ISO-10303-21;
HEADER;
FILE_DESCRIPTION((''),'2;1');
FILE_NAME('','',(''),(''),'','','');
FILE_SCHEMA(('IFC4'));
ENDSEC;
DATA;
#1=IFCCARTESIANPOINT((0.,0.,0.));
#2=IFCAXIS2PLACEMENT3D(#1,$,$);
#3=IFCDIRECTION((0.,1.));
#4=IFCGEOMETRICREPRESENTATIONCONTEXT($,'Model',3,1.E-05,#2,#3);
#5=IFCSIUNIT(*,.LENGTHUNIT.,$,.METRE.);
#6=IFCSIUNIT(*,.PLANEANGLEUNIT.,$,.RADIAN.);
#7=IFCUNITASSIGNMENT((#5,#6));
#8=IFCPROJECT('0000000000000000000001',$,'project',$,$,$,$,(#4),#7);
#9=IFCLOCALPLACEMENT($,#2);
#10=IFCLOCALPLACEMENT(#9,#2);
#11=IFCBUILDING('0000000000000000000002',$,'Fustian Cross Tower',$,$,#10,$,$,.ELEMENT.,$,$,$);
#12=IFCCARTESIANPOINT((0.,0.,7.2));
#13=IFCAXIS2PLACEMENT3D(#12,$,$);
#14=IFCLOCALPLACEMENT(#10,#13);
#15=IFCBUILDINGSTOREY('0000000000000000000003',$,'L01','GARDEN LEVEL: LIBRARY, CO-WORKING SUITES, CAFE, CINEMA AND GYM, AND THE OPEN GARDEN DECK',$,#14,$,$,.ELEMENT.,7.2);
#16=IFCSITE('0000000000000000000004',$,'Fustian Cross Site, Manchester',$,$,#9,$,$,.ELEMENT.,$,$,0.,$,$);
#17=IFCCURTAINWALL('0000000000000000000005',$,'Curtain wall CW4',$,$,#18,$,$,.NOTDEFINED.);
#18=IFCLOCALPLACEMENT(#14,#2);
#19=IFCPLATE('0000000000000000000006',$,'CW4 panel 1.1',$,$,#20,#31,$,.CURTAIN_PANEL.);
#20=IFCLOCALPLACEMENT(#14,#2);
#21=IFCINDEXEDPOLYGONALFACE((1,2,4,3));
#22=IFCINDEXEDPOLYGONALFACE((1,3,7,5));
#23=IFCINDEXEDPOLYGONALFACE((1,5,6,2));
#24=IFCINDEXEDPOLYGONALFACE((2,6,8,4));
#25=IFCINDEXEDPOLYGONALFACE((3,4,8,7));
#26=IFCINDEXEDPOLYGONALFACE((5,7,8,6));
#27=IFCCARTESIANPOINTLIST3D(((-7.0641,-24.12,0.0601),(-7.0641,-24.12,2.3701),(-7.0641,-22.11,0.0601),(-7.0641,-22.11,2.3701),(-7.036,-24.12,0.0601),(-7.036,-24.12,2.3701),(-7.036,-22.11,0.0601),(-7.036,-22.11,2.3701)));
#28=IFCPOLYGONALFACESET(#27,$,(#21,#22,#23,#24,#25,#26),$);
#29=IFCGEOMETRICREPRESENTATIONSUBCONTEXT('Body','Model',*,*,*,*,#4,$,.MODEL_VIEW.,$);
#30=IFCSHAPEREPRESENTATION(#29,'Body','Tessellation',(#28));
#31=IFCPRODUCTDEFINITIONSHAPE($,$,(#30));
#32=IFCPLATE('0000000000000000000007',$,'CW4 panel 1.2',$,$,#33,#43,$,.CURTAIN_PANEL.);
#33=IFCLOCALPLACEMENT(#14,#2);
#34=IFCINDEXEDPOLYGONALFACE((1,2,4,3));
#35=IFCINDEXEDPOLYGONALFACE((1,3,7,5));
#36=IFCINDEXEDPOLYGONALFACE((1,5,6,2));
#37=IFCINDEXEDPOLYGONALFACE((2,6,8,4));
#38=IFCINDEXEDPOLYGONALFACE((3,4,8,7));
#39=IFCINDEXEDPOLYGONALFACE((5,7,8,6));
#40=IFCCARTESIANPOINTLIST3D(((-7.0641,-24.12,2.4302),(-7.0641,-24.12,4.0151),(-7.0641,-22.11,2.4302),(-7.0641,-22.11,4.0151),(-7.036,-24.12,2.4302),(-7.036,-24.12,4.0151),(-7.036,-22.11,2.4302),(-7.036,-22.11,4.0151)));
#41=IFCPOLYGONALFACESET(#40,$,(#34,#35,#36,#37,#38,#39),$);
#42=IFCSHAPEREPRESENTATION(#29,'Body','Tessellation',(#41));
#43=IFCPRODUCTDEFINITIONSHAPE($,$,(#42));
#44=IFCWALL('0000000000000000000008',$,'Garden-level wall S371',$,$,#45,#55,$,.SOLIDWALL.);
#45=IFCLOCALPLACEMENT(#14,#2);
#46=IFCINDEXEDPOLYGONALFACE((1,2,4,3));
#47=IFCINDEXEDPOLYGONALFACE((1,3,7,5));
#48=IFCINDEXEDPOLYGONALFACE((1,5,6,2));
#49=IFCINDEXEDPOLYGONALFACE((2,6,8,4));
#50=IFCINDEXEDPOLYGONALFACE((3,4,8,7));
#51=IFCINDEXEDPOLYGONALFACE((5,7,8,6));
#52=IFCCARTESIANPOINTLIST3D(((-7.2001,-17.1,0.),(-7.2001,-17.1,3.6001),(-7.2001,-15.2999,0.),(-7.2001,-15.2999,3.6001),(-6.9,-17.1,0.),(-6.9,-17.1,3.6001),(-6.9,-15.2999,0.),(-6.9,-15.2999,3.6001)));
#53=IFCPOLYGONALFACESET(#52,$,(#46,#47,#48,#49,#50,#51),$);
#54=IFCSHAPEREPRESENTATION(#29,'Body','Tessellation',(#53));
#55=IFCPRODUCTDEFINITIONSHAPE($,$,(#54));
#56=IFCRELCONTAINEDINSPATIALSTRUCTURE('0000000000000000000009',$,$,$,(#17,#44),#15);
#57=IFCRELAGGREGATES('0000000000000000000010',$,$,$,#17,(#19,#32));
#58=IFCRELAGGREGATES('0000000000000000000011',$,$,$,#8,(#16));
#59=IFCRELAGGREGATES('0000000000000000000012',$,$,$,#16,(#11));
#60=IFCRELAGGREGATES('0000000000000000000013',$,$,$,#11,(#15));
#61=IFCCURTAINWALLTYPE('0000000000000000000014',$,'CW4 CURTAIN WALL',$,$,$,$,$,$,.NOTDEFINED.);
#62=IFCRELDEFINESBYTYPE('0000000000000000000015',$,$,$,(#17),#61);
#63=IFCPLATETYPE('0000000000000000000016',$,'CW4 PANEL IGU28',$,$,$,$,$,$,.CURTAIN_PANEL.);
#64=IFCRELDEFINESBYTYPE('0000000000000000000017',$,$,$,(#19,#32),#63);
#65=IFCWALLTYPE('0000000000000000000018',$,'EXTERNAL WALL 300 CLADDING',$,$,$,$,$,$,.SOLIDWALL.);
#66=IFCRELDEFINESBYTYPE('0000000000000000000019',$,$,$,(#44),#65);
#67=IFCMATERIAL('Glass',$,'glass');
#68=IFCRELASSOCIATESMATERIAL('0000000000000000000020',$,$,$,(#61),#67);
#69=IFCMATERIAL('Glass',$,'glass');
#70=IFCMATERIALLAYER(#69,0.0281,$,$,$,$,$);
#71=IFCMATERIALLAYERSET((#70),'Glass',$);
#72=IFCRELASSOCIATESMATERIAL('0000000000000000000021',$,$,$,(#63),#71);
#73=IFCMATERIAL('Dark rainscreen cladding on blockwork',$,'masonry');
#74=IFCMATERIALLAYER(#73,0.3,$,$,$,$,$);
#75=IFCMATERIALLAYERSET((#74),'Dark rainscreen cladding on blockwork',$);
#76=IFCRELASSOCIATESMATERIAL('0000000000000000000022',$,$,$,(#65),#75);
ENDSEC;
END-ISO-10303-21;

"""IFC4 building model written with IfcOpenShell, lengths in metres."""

from ifc_helpers import new_model, si_unit, direction, frame, frame_2d, origin, origin_2d, place, context, subcontext, project, spatial, rectangle, extrude, material, layer, layer_set, type_object, element, aggregate, save


model = new_model("IFC4")

# Units and contexts
model_context = context("Model", 3, precision=1e-05, world=origin(), true_north=direction((0.0, 1.0)))
body_context = subcontext(model_context, "Body", "Model", "MODEL_VIEW")
ifc_project = project(units=[si_unit("LENGTHUNIT", "METRE"), si_unit("PLANEANGLEUNIT", "RADIAN")], contexts=[model_context])

# Site, building, storey
site_placement = place(None, origin())
site = spatial("IfcSite", under=ifc_project, at=site_placement, Name="Fustian Cross Site, Manchester", CompositionType="ELEMENT", RefElevation=0.0)
building_placement = place(site_placement, origin())
building = spatial("IfcBuilding", under=site, at=building_placement, Name="Fustian Cross Tower", CompositionType="ELEMENT")
storey_placement = place(building_placement, frame((0.0, 0.0, 7.2)))
storey = spatial("IfcBuildingStorey", under=building, at=storey_placement, Name="L01", Description="GARDEN LEVEL: LIBRARY, CO-WORKING SUITES, CAFE, CINEMA AND GYM, AND THE OPEN GARDEN DECK", CompositionType="ELEMENT", Elevation=7.2)

# Curtain wall
ifc_material_1 = material(Name="Glass", Category="glass")
curtain_wall_type = type_object("IfcCurtainWallType", Name="CW4 CURTAIN WALL", PredefinedType="NOTDEFINED", material=ifc_material_1)
curtain_wall_1_placement = place(storey_placement, origin())
curtain_wall_1 = element("IfcCurtainWall", 1, at=curtain_wall_1_placement, inside=storey, type_object=curtain_wall_type, Name="Curtain wall CW4", PredefinedType="NOTDEFINED")

# Plates
ifc_material_2 = material(Name="Glass", Category="glass")
ifc_layer_1 = layer(ifc_material_2, 0.0281)
ifc_layer_set_1 = layer_set([ifc_layer_1], Name="Glass")
plate_type = type_object("IfcPlateType", Name="CW4 PANEL IGU28", PredefinedType="CURTAIN_PANEL", material=ifc_layer_set_1)
plate_1_placement = place(storey_placement, frame((-7.05, -23.115, 0.0601), z_axis=(0.0, 0.0, 1.0), x_axis=(0.0, -1.0, 0.0)))
plate_1 = element("IfcPlate", 2, at=plate_1_placement, type_object=plate_type, Name="CW4 panel 1.1", PredefinedType="CURTAIN_PANEL", context=body_context, shape_type="SweptSolid", body=[
    extrude(rectangle(XDim=2.01, YDim=0.0281, at=origin_2d()), origin(), (0.0, 0.0, 1.0), 2.3101),
])
plate_2_placement = place(storey_placement, frame((-7.05, -23.115, 2.4302), z_axis=(0.0, 0.0, 1.0), x_axis=(0.0, -1.0, 0.0)))
plate_2 = element("IfcPlate", 3, at=plate_2_placement, type_object=plate_type, Name="CW4 panel 1.2", PredefinedType="CURTAIN_PANEL", context=body_context, shape_type="SweptSolid", body=[
    extrude(rectangle(XDim=2.01, YDim=0.0281, at=origin_2d()), origin(), (0.0, 0.0, 1.0), 1.585),
])
aggregate(curtain_wall_1, [plate_1, plate_2])

# Wall
ifc_material_3 = material(Name="Dark rainscreen cladding on blockwork", Category="masonry")
ifc_layer_2 = layer(ifc_material_3, 0.3)
ifc_layer_set_2 = layer_set([ifc_layer_2], Name="Dark rainscreen cladding on blockwork")
wall_type = type_object("IfcWallType", Name="EXTERNAL WALL 300 CLADDING", PredefinedType="SOLIDWALL", material=ifc_layer_set_2)
wall_placement = place(storey_placement, frame((-7.05, -15.3, 0.0), z_axis=(0.0, 0.0, 1.0), x_axis=(0.0, -1.0, 0.0)))
element("IfcWall", 4, at=wall_placement, inside=storey, type_object=wall_type, Name="Garden-level wall S371", PredefinedType="SOLIDWALL", context=body_context, shape_type="SweptSolid", body=[
    extrude(rectangle(XDim=1.8, YDim=0.3, at=frame_2d((0.8999, 0.0))), origin(), (0.0, 0.0, 1.0), 3.6001),
])

save(model, "model.ifc")
